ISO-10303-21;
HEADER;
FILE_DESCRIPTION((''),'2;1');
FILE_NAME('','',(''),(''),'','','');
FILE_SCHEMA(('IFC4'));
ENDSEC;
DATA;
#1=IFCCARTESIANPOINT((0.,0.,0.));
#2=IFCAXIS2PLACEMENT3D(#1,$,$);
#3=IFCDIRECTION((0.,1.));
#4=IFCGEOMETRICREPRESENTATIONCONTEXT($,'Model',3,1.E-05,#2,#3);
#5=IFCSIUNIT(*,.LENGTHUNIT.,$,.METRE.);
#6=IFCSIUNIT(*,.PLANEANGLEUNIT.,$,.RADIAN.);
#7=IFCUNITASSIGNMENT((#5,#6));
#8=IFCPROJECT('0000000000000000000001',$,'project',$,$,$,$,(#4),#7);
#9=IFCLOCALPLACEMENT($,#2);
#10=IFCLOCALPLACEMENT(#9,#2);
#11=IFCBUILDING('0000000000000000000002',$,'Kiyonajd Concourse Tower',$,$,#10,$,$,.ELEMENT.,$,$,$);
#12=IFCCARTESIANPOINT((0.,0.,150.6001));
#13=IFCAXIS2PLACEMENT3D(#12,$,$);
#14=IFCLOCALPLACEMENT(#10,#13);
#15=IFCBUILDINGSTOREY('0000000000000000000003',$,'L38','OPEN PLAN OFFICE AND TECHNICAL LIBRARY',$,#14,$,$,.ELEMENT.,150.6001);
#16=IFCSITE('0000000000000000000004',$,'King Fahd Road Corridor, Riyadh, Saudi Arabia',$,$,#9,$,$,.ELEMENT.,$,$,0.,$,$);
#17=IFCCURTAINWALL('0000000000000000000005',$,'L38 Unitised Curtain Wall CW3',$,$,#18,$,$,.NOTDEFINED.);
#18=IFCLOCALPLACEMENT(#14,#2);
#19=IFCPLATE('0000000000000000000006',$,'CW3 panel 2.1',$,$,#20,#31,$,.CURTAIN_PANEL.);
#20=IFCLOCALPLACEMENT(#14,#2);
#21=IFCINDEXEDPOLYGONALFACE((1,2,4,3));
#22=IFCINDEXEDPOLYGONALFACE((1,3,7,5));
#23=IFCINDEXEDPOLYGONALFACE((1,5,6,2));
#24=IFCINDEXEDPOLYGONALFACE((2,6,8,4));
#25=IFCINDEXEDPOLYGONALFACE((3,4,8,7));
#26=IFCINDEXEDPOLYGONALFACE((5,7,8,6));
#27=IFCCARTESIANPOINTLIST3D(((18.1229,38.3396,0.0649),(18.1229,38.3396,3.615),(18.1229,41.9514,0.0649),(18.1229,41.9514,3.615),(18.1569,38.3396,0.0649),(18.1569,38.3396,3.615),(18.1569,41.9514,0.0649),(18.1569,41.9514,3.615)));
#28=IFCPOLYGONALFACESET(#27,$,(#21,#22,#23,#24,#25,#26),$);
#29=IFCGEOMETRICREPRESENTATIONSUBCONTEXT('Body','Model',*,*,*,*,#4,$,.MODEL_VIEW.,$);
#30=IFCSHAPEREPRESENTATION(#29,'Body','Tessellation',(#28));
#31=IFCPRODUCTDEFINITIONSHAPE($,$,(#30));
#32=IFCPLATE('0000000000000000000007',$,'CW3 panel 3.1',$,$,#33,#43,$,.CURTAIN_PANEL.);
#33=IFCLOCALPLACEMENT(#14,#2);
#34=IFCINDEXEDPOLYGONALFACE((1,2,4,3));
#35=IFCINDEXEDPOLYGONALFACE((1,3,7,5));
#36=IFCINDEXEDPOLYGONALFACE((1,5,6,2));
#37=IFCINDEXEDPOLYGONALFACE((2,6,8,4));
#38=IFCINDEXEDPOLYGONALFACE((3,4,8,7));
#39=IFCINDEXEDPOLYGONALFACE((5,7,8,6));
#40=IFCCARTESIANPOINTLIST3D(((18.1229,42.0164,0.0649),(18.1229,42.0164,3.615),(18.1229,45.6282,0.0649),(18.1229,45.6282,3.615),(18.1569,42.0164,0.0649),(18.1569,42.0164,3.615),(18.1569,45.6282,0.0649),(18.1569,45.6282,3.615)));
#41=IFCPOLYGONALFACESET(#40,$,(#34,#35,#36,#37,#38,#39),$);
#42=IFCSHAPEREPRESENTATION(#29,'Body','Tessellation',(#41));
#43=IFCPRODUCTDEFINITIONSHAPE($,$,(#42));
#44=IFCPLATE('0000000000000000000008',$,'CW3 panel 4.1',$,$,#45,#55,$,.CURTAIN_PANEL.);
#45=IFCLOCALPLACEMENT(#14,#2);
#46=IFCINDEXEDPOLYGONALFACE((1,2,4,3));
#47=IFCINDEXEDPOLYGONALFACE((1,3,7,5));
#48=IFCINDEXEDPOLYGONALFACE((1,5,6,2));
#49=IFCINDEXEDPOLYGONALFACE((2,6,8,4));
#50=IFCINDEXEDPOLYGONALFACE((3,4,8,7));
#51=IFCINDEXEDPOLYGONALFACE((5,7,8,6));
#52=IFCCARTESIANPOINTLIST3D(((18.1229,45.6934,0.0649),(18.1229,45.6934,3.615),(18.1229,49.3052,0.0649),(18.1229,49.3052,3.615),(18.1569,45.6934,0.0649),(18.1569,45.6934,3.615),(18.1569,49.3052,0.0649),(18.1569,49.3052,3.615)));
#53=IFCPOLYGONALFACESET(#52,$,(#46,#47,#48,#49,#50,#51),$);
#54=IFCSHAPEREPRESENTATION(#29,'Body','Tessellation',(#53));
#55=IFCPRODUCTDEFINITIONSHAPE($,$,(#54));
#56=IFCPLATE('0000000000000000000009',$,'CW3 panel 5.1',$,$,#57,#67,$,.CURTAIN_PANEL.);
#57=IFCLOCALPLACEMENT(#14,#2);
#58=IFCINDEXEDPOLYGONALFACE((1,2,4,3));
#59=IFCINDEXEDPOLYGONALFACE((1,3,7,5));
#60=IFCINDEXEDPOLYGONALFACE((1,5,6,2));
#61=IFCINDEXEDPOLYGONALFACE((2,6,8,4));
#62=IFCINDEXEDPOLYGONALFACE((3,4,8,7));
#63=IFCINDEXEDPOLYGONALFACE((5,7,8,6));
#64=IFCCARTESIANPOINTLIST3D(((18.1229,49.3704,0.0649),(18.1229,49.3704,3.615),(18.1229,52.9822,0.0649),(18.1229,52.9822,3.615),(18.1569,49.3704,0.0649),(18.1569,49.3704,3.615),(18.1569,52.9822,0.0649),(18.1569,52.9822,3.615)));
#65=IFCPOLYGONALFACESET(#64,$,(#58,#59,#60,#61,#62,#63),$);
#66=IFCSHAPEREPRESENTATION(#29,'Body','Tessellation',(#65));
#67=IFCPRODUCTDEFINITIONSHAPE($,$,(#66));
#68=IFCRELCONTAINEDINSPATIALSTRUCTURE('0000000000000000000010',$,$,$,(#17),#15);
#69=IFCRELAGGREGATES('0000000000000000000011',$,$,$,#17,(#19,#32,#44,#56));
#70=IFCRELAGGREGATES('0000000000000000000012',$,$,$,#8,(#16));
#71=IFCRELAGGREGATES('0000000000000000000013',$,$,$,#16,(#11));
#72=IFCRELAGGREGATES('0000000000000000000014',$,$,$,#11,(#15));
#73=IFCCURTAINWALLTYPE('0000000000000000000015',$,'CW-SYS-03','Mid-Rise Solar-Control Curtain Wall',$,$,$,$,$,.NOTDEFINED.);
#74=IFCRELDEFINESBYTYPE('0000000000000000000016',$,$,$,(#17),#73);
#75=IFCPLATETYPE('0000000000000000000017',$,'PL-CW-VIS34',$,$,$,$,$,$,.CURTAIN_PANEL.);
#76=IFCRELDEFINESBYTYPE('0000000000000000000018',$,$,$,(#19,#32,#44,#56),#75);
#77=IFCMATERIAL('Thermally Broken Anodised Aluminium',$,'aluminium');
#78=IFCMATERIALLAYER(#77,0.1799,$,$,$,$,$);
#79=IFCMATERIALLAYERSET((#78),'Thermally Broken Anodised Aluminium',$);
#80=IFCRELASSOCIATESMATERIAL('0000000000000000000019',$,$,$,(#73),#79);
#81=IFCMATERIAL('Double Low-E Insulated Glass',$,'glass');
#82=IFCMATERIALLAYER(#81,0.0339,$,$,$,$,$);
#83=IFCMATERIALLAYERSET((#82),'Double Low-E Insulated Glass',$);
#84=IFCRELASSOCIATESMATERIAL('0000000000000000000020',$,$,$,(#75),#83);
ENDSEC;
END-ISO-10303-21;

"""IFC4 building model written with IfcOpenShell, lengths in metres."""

from ifc_helpers import new_model, si_unit, direction, frame, origin, origin_2d, place, context, subcontext, project, spatial, rectangle, extrude, material, layer, layer_set, type_object, element, aggregate, save


model = new_model("IFC4")

# Units and contexts
model_context = context("Model", 3, precision=1e-05, world=origin(), true_north=direction((0.0, 1.0)))
body_context = subcontext(model_context, "Body", "Model", "MODEL_VIEW")
ifc_project = project(units=[si_unit("LENGTHUNIT", "METRE"), si_unit("PLANEANGLEUNIT", "RADIAN")], contexts=[model_context])

# Site, building, storey
site_placement = place(None, origin())
site = spatial("IfcSite", under=ifc_project, at=site_placement, Name="King Fahd Road Corridor, Riyadh, Saudi Arabia", CompositionType="ELEMENT", RefElevation=0.0)
building_placement = place(site_placement, origin())
building = spatial("IfcBuilding", under=site, at=building_placement, Name="Kiyonajd Concourse Tower", CompositionType="ELEMENT")
storey_placement = place(building_placement, frame((0.0, 0.0, 150.6001)))
storey = spatial("IfcBuildingStorey", under=building, at=storey_placement, Name="L38", Description="OPEN PLAN OFFICE AND TECHNICAL LIBRARY", CompositionType="ELEMENT", Elevation=150.6001)

# Curtain wall, plates
ifc_material_1 = material(Name="Thermally Broken Anodised Aluminium", Category="aluminium")
ifc_layer_1 = layer(ifc_material_1, 0.1799)
ifc_layer_set_1 = layer_set([ifc_layer_1], Name="Thermally Broken Anodised Aluminium")
curtain_wall_type = type_object("IfcCurtainWallType", Name="CW-SYS-03", Description="Mid-Rise Solar-Control Curtain Wall", PredefinedType="NOTDEFINED", material=ifc_layer_set_1)
curtain_wall_placement = place(storey_placement, origin())
curtain_wall = element("IfcCurtainWall", 1, at=curtain_wall_placement, inside=storey, type_object=curtain_wall_type, Name="L38 Unitised Curtain Wall CW3", PredefinedType="NOTDEFINED")
ifc_material_2 = material(Name="Double Low-E Insulated Glass", Category="glass")
ifc_layer_2 = layer(ifc_material_2, 0.0339)
ifc_layer_set_2 = layer_set([ifc_layer_2], Name="Double Low-E Insulated Glass")
plate_type = type_object("IfcPlateType", Name="PL-CW-VIS34", PredefinedType="CURTAIN_PANEL", material=ifc_layer_set_2)
plate_1_placement = place(storey_placement, frame((18.1399, 40.1455, 0.0649), z_axis=(0.0, 0.0, 1.0), x_axis=(0.0, 1.0, 0.0)))
plate_1 = element("IfcPlate", 2, at=plate_1_placement, type_object=plate_type, Name="CW3 panel 2.1", PredefinedType="CURTAIN_PANEL", context=body_context, shape_type="SweptSolid", body=[
    extrude(rectangle(XDim=3.6118, YDim=0.0339, at=origin_2d()), origin(), (0.0, 0.0, 1.0), 3.55),
])
plate_2_placement = place(storey_placement, frame((18.1399, 43.8223, 0.0649), z_axis=(0.0, 0.0, 1.0), x_axis=(0.0, 1.0, 0.0)))
plate_2 = element("IfcPlate", 3, at=plate_2_placement, type_object=plate_type, Name="CW3 panel 3.1", PredefinedType="CURTAIN_PANEL", context=body_context, shape_type="SweptSolid", body=[
    extrude(rectangle(XDim=3.6118, YDim=0.0339, at=origin_2d()), origin(), (0.0, 0.0, 1.0), 3.55),
])
plate_3_placement = place(storey_placement, frame((18.1399, 47.4993, 0.0649), z_axis=(0.0, 0.0, 1.0), x_axis=(0.0, 1.0, 0.0)))
plate_3 = element("IfcPlate", 4, at=plate_3_placement, type_object=plate_type, Name="CW3 panel 4.1", PredefinedType="CURTAIN_PANEL", context=body_context, shape_type="SweptSolid", body=[
    extrude(rectangle(XDim=3.6118, YDim=0.0339, at=origin_2d()), origin(), (0.0, 0.0, 1.0), 3.55),
])
plate_4_placement = place(storey_placement, frame((18.1399, 51.1763, 0.0649), z_axis=(0.0, 0.0, 1.0), x_axis=(0.0, 1.0, 0.0)))
plate_4 = element("IfcPlate", 5, at=plate_4_placement, type_object=plate_type, Name="CW3 panel 5.1", PredefinedType="CURTAIN_PANEL", context=body_context, shape_type="SweptSolid", body=[
    extrude(rectangle(XDim=3.6118, YDim=0.0339, at=origin_2d()), origin(), (0.0, 0.0, 1.0), 3.55),
])
aggregate(curtain_wall, [plate_1, plate_2, plate_3, plate_4])

save(model, "model.ifc")
